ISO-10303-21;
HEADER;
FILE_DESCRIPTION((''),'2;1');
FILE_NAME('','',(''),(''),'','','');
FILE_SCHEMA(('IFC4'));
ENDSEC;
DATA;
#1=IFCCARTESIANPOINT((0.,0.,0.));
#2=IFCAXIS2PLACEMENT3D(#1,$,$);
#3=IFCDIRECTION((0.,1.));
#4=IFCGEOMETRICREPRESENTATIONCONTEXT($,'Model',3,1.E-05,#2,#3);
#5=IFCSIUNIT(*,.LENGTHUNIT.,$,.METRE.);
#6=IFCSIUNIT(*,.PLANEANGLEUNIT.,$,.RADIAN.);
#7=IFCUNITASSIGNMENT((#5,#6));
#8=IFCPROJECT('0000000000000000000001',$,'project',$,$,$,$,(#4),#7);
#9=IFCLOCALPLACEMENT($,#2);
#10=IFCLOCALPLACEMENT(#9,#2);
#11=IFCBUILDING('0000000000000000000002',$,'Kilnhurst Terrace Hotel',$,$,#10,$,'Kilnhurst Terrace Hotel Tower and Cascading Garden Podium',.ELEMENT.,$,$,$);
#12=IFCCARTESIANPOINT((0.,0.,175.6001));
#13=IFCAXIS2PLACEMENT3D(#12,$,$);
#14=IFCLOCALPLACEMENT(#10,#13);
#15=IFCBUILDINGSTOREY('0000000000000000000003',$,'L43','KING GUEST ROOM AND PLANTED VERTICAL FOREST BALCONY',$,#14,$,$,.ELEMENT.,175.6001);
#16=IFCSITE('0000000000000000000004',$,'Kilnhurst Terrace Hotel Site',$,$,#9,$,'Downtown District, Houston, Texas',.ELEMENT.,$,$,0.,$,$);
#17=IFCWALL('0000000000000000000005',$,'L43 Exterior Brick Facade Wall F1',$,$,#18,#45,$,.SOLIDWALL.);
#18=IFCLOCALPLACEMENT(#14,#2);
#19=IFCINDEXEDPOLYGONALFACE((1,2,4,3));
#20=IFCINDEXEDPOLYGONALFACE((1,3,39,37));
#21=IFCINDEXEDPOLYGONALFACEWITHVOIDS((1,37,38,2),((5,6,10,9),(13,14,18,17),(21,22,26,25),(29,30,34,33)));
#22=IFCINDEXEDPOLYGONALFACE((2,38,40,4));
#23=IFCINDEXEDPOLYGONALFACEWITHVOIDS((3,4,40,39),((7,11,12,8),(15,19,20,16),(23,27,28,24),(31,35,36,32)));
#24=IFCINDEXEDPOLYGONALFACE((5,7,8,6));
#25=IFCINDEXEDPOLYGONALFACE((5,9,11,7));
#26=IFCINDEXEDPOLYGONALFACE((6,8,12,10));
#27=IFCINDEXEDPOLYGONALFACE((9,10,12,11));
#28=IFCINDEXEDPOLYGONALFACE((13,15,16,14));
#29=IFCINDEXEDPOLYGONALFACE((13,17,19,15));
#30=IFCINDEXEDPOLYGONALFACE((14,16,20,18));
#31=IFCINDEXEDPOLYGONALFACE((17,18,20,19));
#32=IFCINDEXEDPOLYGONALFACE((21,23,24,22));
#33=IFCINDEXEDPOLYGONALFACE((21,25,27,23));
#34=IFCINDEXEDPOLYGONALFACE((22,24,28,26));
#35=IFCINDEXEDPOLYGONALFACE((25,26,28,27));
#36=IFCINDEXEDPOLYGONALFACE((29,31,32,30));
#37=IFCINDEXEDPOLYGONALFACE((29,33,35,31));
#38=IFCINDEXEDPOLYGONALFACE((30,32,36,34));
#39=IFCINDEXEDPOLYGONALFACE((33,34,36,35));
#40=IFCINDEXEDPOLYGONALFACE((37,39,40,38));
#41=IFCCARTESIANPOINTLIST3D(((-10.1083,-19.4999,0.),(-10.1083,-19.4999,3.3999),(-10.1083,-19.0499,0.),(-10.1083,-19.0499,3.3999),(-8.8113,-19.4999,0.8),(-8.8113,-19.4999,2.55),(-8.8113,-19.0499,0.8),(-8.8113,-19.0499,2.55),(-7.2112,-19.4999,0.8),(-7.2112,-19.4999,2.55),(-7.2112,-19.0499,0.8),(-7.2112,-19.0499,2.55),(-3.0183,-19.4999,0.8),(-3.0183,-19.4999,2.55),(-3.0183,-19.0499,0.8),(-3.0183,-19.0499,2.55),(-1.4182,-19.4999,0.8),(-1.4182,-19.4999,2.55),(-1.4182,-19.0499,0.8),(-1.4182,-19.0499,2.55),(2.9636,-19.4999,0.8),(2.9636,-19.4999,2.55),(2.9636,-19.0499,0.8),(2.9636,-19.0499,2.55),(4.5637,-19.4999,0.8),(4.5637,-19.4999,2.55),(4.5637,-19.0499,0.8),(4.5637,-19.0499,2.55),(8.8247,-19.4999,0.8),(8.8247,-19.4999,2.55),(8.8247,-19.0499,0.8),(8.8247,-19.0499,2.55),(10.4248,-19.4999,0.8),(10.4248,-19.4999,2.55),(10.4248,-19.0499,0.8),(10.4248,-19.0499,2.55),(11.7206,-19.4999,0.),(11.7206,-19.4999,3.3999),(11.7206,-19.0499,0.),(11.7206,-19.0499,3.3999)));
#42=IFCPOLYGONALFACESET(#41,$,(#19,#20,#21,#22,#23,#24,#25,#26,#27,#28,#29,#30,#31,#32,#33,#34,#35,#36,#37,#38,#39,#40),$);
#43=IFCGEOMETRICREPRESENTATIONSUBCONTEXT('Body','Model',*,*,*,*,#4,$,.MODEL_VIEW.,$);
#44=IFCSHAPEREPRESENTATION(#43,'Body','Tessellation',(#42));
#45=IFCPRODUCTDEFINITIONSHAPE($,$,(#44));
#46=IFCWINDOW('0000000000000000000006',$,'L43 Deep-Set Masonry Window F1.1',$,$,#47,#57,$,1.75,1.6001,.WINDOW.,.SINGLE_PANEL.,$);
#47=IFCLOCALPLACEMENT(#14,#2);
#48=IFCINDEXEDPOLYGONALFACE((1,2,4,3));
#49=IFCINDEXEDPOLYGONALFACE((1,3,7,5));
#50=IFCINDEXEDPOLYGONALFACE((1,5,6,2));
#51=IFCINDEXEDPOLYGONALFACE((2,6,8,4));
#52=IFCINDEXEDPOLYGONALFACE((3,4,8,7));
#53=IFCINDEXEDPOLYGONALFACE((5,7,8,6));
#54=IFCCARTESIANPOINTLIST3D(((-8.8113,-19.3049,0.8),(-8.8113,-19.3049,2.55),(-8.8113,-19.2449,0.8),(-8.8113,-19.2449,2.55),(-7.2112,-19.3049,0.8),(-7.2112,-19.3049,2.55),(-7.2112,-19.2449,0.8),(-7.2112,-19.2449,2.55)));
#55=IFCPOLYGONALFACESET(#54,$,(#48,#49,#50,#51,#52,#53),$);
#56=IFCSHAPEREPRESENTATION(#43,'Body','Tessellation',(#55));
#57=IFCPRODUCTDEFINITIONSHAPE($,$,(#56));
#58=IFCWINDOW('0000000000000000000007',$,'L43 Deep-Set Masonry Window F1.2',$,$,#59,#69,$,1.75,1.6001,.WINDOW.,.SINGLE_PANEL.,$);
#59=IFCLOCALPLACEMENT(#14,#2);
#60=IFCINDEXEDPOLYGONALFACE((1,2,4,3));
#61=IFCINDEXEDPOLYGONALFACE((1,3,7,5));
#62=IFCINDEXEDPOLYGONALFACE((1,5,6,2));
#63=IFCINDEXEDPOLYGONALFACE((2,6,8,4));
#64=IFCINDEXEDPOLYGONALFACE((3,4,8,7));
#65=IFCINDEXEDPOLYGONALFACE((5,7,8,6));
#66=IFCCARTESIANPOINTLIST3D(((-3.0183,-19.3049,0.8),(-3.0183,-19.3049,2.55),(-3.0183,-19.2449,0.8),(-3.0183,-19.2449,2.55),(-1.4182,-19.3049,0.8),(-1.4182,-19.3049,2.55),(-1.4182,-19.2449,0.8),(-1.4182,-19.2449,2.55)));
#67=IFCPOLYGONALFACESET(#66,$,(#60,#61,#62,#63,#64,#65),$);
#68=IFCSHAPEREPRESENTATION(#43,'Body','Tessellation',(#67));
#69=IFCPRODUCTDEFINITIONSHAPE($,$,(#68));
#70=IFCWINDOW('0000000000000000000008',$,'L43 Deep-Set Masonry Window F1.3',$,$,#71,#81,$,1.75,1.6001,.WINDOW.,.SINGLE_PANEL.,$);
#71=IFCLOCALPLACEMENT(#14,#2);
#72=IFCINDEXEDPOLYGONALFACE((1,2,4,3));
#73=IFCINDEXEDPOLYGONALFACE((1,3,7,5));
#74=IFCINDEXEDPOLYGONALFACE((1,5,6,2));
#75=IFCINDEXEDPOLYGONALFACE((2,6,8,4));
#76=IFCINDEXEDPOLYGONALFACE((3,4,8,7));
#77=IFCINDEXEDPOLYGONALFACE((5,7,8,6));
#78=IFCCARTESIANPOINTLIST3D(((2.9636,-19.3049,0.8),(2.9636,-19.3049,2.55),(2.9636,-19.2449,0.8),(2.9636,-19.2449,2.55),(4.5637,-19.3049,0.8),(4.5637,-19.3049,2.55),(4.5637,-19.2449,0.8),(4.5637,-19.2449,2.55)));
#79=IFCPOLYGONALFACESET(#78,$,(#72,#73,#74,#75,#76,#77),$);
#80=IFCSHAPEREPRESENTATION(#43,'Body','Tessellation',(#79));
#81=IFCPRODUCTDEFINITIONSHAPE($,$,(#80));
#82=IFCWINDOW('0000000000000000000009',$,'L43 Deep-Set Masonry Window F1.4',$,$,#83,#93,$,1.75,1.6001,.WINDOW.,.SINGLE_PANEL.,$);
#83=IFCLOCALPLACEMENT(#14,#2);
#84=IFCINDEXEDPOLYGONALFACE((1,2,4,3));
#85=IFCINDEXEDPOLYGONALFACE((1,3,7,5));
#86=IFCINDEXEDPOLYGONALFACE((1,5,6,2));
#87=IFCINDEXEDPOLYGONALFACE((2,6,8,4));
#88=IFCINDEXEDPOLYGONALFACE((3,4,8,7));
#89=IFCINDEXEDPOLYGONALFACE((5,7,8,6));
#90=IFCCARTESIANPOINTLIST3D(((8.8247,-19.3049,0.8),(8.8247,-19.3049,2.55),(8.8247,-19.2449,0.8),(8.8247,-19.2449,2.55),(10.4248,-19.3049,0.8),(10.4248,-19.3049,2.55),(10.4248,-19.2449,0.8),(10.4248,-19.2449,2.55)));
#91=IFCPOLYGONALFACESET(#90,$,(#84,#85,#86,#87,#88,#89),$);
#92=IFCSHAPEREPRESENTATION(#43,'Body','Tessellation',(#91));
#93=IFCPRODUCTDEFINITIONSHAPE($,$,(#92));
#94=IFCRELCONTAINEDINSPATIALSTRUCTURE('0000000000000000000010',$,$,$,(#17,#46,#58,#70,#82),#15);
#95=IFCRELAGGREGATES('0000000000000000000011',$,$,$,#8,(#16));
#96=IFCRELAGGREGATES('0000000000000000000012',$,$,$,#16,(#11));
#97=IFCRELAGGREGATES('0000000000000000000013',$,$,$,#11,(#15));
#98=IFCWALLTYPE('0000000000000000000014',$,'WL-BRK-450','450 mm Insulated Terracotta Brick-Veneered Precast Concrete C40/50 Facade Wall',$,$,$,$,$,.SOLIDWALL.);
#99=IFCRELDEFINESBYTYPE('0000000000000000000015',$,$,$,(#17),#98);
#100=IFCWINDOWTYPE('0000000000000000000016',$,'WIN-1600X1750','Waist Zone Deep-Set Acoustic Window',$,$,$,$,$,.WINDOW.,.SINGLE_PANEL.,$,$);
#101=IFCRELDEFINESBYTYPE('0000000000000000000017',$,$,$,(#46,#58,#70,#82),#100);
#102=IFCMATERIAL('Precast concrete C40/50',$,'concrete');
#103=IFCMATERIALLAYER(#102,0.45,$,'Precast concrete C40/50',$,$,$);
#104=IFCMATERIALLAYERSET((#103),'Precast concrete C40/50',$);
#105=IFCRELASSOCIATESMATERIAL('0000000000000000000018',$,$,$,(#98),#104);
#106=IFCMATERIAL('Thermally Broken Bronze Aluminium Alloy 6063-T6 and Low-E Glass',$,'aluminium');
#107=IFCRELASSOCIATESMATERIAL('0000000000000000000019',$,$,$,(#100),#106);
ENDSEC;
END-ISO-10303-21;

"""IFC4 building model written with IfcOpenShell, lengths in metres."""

from ifc_helpers import new_model, si_unit, direction, frame, frame_2d, origin, place, context, subcontext, project, spatial, rectangle, extrude, material, layer, layer_set, type_object, element, fill, save


model = new_model("IFC4")

# Units and contexts
model_context = context("Model", 3, precision=1e-05, world=origin(), true_north=direction((0.0, 1.0)))
body_context = subcontext(model_context, "Body", "Model", "MODEL_VIEW")
ifc_project = project(units=[si_unit("LENGTHUNIT", "METRE"), si_unit("PLANEANGLEUNIT", "RADIAN")], contexts=[model_context])

# Site, building, storey
site_placement = place(None, origin())
site = spatial("IfcSite", under=ifc_project, at=site_placement, Name="Kilnhurst Terrace Hotel Site", LongName="Downtown District, Houston, Texas", CompositionType="ELEMENT", RefElevation=0.0)
building_placement = place(site_placement, origin())
building = spatial("IfcBuilding", under=site, at=building_placement, Name="Kilnhurst Terrace Hotel", LongName="Kilnhurst Terrace Hotel Tower and Cascading Garden Podium", CompositionType="ELEMENT")
storey_placement = place(building_placement, frame((0.0, 0.0, 175.6001)))
storey = spatial("IfcBuildingStorey", under=building, at=storey_placement, Name="L43", Description="KING GUEST ROOM AND PLANTED VERTICAL FOREST BALCONY", CompositionType="ELEMENT", Elevation=175.6001)

# Shared definitions
ifc_material_1 = material(Name="Precast concrete C40/50", Category="concrete")
ifc_layer_1 = layer(ifc_material_1, 0.45, Name="Precast concrete C40/50")
ifc_layer_set_1 = layer_set([ifc_layer_1], Name="Precast concrete C40/50")
wall_type_1 = type_object("IfcWallType", Name="WL-BRK-450", Description="450 mm Insulated Terracotta Brick-Veneered Precast Concrete C40/50 Facade Wall", PredefinedType="SOLIDWALL", material=ifc_layer_set_1)

# Wall, openings, windows
wall_1_placement = place(storey_placement, frame((-10.1084, -19.2749, 0.0), z_axis=(0.0, 0.0, 1.0), x_axis=(1.0, 0.0, 0.0)))
wall_1 = element("IfcWall", 1, at=wall_1_placement, inside=storey, type_object=wall_type_1, Name="L43 Exterior Brick Facade Wall F1", PredefinedType="SOLIDWALL", context=body_context, shape_type="SweptSolid", body=[
    extrude(rectangle(XDim=21.8289, YDim=0.45, at=frame_2d((10.9146, 0.0))), origin(), (0.0, 0.0, 1.0), 3.3999),
])
opening_1_placement = place(wall_1_placement, frame((1.2971, 0.0, 0.8)))
opening_1 = element("IfcOpeningElement", 2, at=opening_1_placement, cuts=wall_1, PredefinedType="OPENING", context=body_context, shape_type="SweptSolid", body=[
    extrude(rectangle(XDim=1.6001, YDim=1.75, at=frame_2d((0.8, 0.875))), frame((0.0, 0.2349, 0.0), z_axis=(0.0, -1.0, 0.0), x_axis=(1.0, 0.0, 0.0)), (0.0, 0.0, 1.0), 0.47),
])
opening_2_placement = place(wall_1_placement, frame((7.0901, 0.0, 0.8)))
opening_2 = element("IfcOpeningElement", 3, at=opening_2_placement, cuts=wall_1, PredefinedType="OPENING", context=body_context, shape_type="SweptSolid", body=[
    extrude(rectangle(XDim=1.6001, YDim=1.75, at=frame_2d((0.8, 0.875))), frame((0.0, 0.2349, 0.0), z_axis=(0.0, -1.0, 0.0), x_axis=(1.0, 0.0, 0.0)), (0.0, 0.0, 1.0), 0.47),
])
opening_3_placement = place(wall_1_placement, frame((13.072, 0.0, 0.8)))
opening_3 = element("IfcOpeningElement", 4, at=opening_3_placement, cuts=wall_1, PredefinedType="OPENING", context=body_context, shape_type="SweptSolid", body=[
    extrude(rectangle(XDim=1.6001, YDim=1.75, at=frame_2d((0.8, 0.875))), frame((0.0, 0.2349, 0.0), z_axis=(0.0, -1.0, 0.0), x_axis=(1.0, 0.0, 0.0)), (0.0, 0.0, 1.0), 0.47),
])
opening_4_placement = place(wall_1_placement, frame((18.9331, 0.0, 0.8)))
opening_4 = element("IfcOpeningElement", 5, at=opening_4_placement, cuts=wall_1, PredefinedType="OPENING", context=body_context, shape_type="SweptSolid", body=[
    extrude(rectangle(XDim=1.6001, YDim=1.75, at=frame_2d((0.8, 0.875))), frame((0.0, 0.2349, 0.0), z_axis=(0.0, -1.0, 0.0), x_axis=(1.0, 0.0, 0.0)), (0.0, 0.0, 1.0), 0.47),
])
ifc_material_2 = material(Name="Thermally Broken Bronze Aluminium Alloy 6063-T6 and Low-E Glass", Category="aluminium")
window_type = type_object("IfcWindowType", Name="WIN-1600X1750", Description="Waist Zone Deep-Set Acoustic Window", PartitioningType="SINGLE_PANEL", PredefinedType="WINDOW", material=ifc_material_2)
window_1_placement = place(opening_1_placement, origin())
window_1 = element("IfcWindow", 6, at=window_1_placement, inside=storey, type_object=window_type, Name="L43 Deep-Set Masonry Window F1.1", OverallHeight=1.75, OverallWidth=1.6001, PartitioningType="SINGLE_PANEL", PredefinedType="WINDOW", context=body_context, shape_type="SweptSolid", body=[
    extrude(rectangle(XDim=1.6001, YDim=1.75, at=frame_2d((0.8, 0.875))), frame((0.0, 0.03, 0.0), z_axis=(0.0, -1.0, 0.0), x_axis=(1.0, 0.0, 0.0)), (0.0, 0.0, 1.0), 0.0601),
])
fill(opening_1, window_1)
window_2_placement = place(opening_2_placement, origin())
window_2 = element("IfcWindow", 7, at=window_2_placement, inside=storey, type_object=window_type, Name="L43 Deep-Set Masonry Window F1.2", OverallHeight=1.75, OverallWidth=1.6001, PartitioningType="SINGLE_PANEL", PredefinedType="WINDOW", context=body_context, shape_type="SweptSolid", body=[
    extrude(rectangle(XDim=1.6001, YDim=1.75, at=frame_2d((0.8, 0.875))), frame((0.0, 0.03, 0.0), z_axis=(0.0, -1.0, 0.0), x_axis=(1.0, 0.0, 0.0)), (0.0, 0.0, 1.0), 0.0601),
])
fill(opening_2, window_2)
window_3_placement = place(opening_3_placement, origin())
window_3 = element("IfcWindow", 8, at=window_3_placement, inside=storey, type_object=window_type, Name="L43 Deep-Set Masonry Window F1.3", OverallHeight=1.75, OverallWidth=1.6001, PartitioningType="SINGLE_PANEL", PredefinedType="WINDOW", context=body_context, shape_type="SweptSolid", body=[
    extrude(rectangle(XDim=1.6001, YDim=1.75, at=frame_2d((0.8, 0.875))), frame((0.0, 0.03, 0.0), z_axis=(0.0, -1.0, 0.0), x_axis=(1.0, 0.0, 0.0)), (0.0, 0.0, 1.0), 0.0601),
])
fill(opening_3, window_3)
window_4_placement = place(opening_4_placement, origin())
window_4 = element("IfcWindow", 9, at=window_4_placement, inside=storey, type_object=window_type, Name="L43 Deep-Set Masonry Window F1.4", OverallHeight=1.75, OverallWidth=1.6001, PartitioningType="SINGLE_PANEL", PredefinedType="WINDOW", context=body_context, shape_type="SweptSolid", body=[
    extrude(rectangle(XDim=1.6001, YDim=1.75, at=frame_2d((0.8, 0.875))), frame((0.0, 0.03, 0.0), z_axis=(0.0, -1.0, 0.0), x_axis=(1.0, 0.0, 0.0)), (0.0, 0.0, 1.0), 0.0601),
])
fill(opening_4, window_4)

save(model, "model.ifc")
